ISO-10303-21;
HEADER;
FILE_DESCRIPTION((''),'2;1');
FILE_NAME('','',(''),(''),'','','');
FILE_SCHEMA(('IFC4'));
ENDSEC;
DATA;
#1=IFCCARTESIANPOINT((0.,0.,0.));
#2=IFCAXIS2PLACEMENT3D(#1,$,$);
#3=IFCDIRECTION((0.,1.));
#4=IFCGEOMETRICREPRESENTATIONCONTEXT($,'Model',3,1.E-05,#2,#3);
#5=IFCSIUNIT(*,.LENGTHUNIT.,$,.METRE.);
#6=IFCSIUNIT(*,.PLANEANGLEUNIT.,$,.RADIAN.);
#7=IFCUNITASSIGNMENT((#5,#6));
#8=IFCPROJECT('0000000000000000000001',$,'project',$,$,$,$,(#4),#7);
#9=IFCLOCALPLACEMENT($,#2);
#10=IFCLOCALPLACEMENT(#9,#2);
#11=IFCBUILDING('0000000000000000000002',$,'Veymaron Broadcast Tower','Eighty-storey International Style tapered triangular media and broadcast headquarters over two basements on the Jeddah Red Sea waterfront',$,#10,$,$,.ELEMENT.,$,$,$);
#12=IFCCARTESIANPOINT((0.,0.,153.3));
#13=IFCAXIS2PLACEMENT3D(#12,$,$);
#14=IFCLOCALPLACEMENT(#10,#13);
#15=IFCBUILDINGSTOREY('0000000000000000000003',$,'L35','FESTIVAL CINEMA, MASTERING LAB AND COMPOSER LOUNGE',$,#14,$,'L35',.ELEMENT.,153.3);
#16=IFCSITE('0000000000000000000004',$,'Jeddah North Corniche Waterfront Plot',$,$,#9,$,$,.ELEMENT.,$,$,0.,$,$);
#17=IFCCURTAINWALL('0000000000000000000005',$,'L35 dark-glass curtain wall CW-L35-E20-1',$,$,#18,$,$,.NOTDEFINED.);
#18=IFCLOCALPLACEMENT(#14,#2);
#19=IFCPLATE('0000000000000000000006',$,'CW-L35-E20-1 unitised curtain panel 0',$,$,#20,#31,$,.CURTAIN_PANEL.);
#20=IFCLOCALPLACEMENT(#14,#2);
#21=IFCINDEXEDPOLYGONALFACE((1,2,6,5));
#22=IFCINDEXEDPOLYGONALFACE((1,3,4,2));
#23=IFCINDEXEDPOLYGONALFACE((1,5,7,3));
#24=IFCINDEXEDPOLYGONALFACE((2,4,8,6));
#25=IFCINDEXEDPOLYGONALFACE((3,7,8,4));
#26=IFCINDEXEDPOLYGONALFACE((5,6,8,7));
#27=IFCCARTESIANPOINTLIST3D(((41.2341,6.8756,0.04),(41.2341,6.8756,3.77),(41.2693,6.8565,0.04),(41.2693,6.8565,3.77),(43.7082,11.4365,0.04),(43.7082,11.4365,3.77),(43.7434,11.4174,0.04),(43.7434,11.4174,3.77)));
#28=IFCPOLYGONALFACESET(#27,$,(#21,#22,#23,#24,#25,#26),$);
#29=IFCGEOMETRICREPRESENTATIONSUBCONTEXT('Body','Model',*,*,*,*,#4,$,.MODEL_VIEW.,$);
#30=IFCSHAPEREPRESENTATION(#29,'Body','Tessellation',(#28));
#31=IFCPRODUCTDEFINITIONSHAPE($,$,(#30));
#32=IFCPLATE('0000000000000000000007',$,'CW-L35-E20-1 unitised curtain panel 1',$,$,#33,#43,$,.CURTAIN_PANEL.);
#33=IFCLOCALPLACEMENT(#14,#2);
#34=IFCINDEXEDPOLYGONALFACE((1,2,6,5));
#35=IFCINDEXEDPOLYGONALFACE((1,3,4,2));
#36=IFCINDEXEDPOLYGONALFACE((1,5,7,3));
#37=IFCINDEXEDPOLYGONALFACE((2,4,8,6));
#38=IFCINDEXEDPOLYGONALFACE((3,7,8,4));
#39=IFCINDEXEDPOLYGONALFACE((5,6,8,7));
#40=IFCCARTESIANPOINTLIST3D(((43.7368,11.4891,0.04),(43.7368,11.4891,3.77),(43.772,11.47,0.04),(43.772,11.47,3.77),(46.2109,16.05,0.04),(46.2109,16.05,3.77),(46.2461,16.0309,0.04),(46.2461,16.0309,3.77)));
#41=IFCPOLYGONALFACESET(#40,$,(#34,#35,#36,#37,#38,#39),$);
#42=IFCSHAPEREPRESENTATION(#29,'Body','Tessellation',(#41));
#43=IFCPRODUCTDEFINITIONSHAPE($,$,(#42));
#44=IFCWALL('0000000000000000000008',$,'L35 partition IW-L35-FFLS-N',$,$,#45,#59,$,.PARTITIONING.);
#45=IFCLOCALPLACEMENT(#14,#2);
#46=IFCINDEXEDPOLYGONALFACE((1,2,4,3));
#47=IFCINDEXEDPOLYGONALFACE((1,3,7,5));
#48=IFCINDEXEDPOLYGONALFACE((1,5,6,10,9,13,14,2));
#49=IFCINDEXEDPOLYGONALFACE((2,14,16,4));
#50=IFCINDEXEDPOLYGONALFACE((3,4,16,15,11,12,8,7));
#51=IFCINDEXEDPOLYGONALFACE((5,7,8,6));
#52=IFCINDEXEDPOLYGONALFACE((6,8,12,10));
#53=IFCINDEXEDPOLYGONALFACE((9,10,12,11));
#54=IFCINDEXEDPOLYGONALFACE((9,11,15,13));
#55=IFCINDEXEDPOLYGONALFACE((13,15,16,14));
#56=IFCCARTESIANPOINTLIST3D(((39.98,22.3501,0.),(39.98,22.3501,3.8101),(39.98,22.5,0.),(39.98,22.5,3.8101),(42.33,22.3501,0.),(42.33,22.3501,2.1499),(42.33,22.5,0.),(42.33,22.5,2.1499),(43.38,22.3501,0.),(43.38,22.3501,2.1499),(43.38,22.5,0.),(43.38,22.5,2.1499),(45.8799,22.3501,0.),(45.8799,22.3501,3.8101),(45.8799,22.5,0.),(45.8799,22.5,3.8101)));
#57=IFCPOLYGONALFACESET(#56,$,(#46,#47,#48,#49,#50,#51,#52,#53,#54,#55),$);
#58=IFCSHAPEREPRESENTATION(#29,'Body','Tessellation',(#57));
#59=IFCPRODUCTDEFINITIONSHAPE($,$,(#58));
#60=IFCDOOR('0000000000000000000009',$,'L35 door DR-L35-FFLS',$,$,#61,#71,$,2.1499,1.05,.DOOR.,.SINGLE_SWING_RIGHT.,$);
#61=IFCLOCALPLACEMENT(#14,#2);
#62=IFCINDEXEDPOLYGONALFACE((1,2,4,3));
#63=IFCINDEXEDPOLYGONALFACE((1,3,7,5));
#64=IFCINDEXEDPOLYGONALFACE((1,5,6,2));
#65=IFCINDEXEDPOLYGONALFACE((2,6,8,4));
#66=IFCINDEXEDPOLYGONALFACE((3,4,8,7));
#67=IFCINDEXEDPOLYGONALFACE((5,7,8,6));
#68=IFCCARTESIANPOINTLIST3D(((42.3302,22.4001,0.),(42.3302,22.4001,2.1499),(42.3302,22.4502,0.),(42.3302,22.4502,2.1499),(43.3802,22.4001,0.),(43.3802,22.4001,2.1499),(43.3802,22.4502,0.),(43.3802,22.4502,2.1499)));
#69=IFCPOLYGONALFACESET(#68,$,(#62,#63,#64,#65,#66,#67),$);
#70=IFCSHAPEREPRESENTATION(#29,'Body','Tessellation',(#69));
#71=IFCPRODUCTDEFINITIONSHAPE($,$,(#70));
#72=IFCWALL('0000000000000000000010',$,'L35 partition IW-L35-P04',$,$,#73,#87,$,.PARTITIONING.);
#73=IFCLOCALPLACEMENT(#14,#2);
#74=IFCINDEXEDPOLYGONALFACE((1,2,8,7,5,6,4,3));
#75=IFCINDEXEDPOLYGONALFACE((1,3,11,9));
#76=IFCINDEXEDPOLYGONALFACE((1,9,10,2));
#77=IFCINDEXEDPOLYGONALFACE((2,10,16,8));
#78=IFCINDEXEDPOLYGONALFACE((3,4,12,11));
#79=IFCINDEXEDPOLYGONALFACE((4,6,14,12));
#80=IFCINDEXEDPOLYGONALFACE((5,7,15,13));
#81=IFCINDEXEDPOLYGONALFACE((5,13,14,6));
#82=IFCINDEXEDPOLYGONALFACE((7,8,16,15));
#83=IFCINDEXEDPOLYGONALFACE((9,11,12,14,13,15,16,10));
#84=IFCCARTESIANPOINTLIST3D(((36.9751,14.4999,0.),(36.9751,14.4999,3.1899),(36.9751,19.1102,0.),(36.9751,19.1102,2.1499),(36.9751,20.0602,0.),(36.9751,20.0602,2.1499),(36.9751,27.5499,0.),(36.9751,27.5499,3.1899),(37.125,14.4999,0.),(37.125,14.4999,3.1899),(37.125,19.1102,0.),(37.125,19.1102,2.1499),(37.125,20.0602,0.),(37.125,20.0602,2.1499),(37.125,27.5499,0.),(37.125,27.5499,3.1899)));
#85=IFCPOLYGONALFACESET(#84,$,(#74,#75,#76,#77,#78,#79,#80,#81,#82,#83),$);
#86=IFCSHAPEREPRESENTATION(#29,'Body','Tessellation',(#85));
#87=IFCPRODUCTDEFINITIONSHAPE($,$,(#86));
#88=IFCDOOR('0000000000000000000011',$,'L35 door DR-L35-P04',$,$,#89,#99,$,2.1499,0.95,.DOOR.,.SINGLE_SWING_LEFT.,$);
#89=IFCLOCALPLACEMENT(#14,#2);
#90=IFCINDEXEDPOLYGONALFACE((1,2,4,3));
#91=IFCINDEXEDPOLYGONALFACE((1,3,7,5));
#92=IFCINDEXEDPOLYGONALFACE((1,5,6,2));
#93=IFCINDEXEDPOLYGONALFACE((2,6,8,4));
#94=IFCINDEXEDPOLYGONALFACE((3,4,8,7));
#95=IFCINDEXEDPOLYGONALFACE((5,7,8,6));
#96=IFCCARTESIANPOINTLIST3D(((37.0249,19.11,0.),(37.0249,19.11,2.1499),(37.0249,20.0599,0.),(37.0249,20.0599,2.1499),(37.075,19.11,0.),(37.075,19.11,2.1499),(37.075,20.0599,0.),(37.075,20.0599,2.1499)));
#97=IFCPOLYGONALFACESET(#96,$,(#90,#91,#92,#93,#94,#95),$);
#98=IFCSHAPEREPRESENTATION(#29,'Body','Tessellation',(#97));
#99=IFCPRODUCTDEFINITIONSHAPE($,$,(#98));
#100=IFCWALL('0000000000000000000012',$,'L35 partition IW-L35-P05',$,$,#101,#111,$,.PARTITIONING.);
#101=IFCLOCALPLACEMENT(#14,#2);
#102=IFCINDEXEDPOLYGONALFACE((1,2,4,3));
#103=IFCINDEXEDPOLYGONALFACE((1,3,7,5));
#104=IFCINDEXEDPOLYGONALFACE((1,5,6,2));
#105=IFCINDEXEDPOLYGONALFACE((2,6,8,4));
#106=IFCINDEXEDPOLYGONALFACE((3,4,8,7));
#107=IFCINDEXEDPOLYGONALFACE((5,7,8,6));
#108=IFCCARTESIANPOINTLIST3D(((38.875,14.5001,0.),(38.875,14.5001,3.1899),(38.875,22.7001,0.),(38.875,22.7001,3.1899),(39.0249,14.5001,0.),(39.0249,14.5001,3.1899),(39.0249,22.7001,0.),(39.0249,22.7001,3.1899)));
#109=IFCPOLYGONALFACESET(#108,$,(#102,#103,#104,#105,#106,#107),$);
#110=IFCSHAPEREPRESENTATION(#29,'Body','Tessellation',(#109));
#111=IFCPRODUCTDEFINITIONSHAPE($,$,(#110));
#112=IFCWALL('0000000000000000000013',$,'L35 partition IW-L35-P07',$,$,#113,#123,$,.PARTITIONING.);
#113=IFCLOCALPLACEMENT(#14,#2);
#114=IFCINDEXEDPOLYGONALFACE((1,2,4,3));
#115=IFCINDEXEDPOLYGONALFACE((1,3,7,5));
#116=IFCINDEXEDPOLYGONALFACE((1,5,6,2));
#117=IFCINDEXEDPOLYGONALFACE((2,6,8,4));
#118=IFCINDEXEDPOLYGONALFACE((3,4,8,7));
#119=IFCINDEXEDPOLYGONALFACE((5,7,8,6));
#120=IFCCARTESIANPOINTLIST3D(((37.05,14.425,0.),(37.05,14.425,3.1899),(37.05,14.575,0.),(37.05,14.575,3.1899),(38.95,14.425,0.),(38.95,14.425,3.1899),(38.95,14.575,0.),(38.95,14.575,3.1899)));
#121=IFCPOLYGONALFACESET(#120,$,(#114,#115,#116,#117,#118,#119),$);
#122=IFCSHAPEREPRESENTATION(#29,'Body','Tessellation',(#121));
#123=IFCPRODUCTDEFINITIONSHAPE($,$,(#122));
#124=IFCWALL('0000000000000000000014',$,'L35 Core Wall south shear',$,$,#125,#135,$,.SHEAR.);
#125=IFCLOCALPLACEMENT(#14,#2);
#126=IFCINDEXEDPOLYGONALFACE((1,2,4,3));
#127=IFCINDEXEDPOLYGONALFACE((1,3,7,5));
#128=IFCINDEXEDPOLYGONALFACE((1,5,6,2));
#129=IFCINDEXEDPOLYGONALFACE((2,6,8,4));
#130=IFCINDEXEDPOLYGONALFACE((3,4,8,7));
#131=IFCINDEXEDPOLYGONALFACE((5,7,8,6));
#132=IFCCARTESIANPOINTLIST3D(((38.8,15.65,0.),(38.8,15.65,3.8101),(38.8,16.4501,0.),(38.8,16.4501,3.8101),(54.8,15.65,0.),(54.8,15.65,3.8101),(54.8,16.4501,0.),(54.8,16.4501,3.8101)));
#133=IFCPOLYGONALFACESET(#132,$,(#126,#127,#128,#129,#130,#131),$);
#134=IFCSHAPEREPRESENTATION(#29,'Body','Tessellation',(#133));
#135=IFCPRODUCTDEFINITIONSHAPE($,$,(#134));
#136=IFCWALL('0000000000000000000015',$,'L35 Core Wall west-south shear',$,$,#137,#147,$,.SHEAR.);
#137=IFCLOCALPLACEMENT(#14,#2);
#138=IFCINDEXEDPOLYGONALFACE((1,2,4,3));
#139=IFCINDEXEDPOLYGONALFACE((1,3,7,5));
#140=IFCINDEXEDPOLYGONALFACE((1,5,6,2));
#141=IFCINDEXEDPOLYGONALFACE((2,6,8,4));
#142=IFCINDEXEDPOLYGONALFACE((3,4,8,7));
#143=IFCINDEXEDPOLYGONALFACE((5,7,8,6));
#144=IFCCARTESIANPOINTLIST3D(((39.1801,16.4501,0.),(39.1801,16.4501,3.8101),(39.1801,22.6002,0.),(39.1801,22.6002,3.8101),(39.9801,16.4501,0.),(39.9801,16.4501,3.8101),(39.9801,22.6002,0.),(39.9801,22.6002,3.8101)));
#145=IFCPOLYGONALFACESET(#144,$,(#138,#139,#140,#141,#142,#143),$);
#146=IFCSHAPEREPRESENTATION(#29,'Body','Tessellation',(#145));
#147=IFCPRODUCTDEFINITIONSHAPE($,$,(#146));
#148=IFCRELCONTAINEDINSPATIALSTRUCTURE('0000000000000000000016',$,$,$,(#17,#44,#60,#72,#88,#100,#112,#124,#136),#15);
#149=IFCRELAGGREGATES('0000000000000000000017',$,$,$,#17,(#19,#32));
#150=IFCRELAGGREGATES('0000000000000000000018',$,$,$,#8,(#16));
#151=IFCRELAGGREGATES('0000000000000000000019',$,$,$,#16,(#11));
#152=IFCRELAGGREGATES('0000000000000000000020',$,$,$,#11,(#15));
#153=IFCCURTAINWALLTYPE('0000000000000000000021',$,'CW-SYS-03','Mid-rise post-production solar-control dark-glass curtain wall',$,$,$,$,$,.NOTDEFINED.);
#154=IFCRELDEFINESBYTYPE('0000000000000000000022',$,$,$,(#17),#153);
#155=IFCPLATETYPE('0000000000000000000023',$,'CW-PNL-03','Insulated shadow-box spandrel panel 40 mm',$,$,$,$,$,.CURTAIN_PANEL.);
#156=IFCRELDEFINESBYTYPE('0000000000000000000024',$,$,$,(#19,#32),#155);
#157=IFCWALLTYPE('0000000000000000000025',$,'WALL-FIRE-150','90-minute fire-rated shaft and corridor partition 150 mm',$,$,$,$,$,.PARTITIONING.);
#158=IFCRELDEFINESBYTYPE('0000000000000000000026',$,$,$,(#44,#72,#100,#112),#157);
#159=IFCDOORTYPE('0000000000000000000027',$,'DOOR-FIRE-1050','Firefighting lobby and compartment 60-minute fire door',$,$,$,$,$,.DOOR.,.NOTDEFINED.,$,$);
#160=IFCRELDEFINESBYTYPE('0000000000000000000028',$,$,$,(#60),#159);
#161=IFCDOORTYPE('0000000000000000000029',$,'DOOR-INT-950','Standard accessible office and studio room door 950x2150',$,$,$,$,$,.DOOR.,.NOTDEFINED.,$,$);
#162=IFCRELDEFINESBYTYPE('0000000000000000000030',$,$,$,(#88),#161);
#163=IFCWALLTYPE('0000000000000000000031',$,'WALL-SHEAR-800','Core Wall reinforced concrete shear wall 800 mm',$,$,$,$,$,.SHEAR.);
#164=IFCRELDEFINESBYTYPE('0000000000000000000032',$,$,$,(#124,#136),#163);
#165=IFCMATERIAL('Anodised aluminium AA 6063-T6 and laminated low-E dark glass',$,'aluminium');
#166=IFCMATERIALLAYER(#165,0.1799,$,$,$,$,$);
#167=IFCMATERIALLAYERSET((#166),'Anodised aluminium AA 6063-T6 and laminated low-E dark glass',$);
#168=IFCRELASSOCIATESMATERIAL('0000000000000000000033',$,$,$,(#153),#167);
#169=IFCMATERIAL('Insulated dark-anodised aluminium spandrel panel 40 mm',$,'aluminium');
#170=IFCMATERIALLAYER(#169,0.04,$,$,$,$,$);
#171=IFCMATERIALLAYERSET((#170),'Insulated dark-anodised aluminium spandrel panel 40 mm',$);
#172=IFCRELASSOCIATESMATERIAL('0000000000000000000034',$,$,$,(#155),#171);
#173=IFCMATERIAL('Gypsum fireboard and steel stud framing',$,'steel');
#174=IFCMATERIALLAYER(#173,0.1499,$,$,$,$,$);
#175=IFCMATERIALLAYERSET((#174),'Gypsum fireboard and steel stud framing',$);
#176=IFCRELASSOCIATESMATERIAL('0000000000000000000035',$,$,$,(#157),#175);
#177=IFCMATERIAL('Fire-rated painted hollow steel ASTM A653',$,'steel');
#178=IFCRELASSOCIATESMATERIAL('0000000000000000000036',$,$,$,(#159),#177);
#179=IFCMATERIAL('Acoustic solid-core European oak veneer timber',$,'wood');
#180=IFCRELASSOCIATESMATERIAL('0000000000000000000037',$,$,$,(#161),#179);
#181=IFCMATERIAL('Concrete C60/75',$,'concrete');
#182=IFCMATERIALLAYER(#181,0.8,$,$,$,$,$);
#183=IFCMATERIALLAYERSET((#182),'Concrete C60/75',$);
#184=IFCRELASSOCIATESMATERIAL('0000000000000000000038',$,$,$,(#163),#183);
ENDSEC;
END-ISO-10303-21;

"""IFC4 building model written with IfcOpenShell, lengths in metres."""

from ifc_helpers import new_model, si_unit, direction, frame, frame_2d, origin, origin_2d, place, context, subcontext, project, spatial, rectangle, extrude, material, layer, layer_set, type_object, element, fill, aggregate, save


model = new_model("IFC4")

# Units and contexts
model_context = context("Model", 3, precision=1e-05, world=origin(), true_north=direction((0.0, 1.0)))
body_context = subcontext(model_context, "Body", "Model", "MODEL_VIEW")
ifc_project = project(units=[si_unit("LENGTHUNIT", "METRE"), si_unit("PLANEANGLEUNIT", "RADIAN")], contexts=[model_context])

# Site, building, storey
site_placement = place(None, origin())
site = spatial("IfcSite", under=ifc_project, at=site_placement, Name="Jeddah North Corniche Waterfront Plot", CompositionType="ELEMENT", RefElevation=0.0)
building_placement = place(site_placement, origin())
building = spatial("IfcBuilding", under=site, at=building_placement, Name="Veymaron Broadcast Tower", Description="Eighty-storey International Style tapered triangular media and broadcast headquarters over two basements on the Jeddah Red Sea waterfront", CompositionType="ELEMENT")
storey_placement = place(building_placement, frame((0.0, 0.0, 153.3)))
storey = spatial("IfcBuildingStorey", under=building, at=storey_placement, Name="L35", Description="FESTIVAL CINEMA, MASTERING LAB AND COMPOSER LOUNGE", LongName="L35", CompositionType="ELEMENT", Elevation=153.3)

# Curtain wall, plates
ifc_material_1 = material(Name="Anodised aluminium AA 6063-T6 and laminated low-E dark glass", Category="aluminium")
ifc_layer_1 = layer(ifc_material_1, 0.1799)
ifc_layer_set_1 = layer_set([ifc_layer_1], Name="Anodised aluminium AA 6063-T6 and laminated low-E dark glass")
curtain_wall_type = type_object("IfcCurtainWallType", Name="CW-SYS-03", Description="Mid-rise post-production solar-control dark-glass curtain wall", PredefinedType="NOTDEFINED", material=ifc_layer_set_1)
curtain_wall_placement = place(storey_placement, origin())
curtain_wall = element("IfcCurtainWall", 1, at=curtain_wall_placement, inside=storey, type_object=curtain_wall_type, Name="L35 dark-glass curtain wall CW-L35-E20-1", PredefinedType="NOTDEFINED")
ifc_material_2 = material(Name="Insulated dark-anodised aluminium spandrel panel 40 mm", Category="aluminium")
ifc_layer_2 = layer(ifc_material_2, 0.04)
ifc_layer_set_2 = layer_set([ifc_layer_2], Name="Insulated dark-anodised aluminium spandrel panel 40 mm")
plate_type = type_object("IfcPlateType", Name="CW-PNL-03", Description="Insulated shadow-box spandrel panel 40 mm", PredefinedType="CURTAIN_PANEL", material=ifc_layer_set_2)
plate_1_placement = place(storey_placement, frame((42.4888, 9.1465, 0.04), z_axis=(0.0, 0.0, 1.0), x_axis=(0.476821, 0.879, 0.0)))
plate_1 = element("IfcPlate", 2, at=plate_1_placement, type_object=plate_type, Name="CW-L35-E20-1 unitised curtain panel 0", PredefinedType="CURTAIN_PANEL", context=body_context, shape_type="SweptSolid", body=[
    extrude(rectangle(XDim=5.1887, YDim=0.04, at=origin_2d()), origin(), (0.0, 0.0, 1.0), 3.73),
])
plate_2_placement = place(storey_placement, frame((44.9915, 13.76, 0.04), z_axis=(0.0, 0.0, 1.0), x_axis=(0.476821, 0.879, 0.0)))
plate_2 = element("IfcPlate", 3, at=plate_2_placement, type_object=plate_type, Name="CW-L35-E20-1 unitised curtain panel 1", PredefinedType="CURTAIN_PANEL", context=body_context, shape_type="SweptSolid", body=[
    extrude(rectangle(XDim=5.1887, YDim=0.04, at=origin_2d()), origin(), (0.0, 0.0, 1.0), 3.73),
])
aggregate(curtain_wall, [plate_1, plate_2])

# Walls, openings, doors
ifc_material_3 = material(Name="Gypsum fireboard and steel stud framing", Category="steel")
ifc_layer_3 = layer(ifc_material_3, 0.1499)
ifc_layer_set_3 = layer_set([ifc_layer_3], Name="Gypsum fireboard and steel stud framing")
wall_type_1 = type_object("IfcWallType", Name="WALL-FIRE-150", Description="90-minute fire-rated shaft and corridor partition 150 mm", PredefinedType="PARTITIONING", material=ifc_layer_set_3)
wall_1_placement = place(storey_placement, frame((39.98, 22.425, 0.0), z_axis=(0.0, 0.0, 1.0), x_axis=(1.0, 0.0, 0.0)))
wall_1 = element("IfcWall", 4, at=wall_1_placement, inside=storey, type_object=wall_type_1, Name="L35 partition IW-L35-FFLS-N", PredefinedType="PARTITIONING", context=body_context, shape_type="SweptSolid", body=[
    extrude(rectangle(XDim=5.8999, YDim=0.1499, at=frame_2d((2.95, 0.0))), origin(), (0.0, 0.0, 1.0), 3.8101),
])
opening_1_placement = place(wall_1_placement, frame((2.3501, 0.0, 0.0)))
opening_1 = element("IfcOpeningElement", 5, at=opening_1_placement, cuts=wall_1, PredefinedType="OPENING", context=body_context, shape_type="SweptSolid", body=[
    extrude(rectangle(XDim=1.05, YDim=2.1499, at=frame_2d((0.5249, 1.075))), frame((0.0, 0.085, 0.0), z_axis=(0.0, -1.0, 0.0), x_axis=(1.0, 0.0, 0.0)), (0.0, 0.0, 1.0), 0.1699),
])
ifc_material_4 = material(Name="Fire-rated painted hollow steel ASTM A653", Category="steel")
door_type_1 = type_object("IfcDoorType", Name="DOOR-FIRE-1050", Description="Firefighting lobby and compartment 60-minute fire door", OperationType="NOTDEFINED", PredefinedType="DOOR", material=ifc_material_4)
door_1_placement = place(opening_1_placement, frame((1.05, 0.0, 0.0), z_axis=(0.0, 0.0, 1.0), x_axis=(-1.0, 0.0, 0.0)))
door_1 = element("IfcDoor", 6, at=door_1_placement, inside=storey, type_object=door_type_1, Name="L35 door DR-L35-FFLS", OperationType="SINGLE_SWING_RIGHT", OverallHeight=2.1499, OverallWidth=1.05, PredefinedType="DOOR", context=body_context, shape_type="SweptSolid", body=[
    extrude(rectangle(XDim=1.05, YDim=2.1499, at=frame_2d((0.5249, 1.075))), frame((0.0, 0.0249, 0.0), z_axis=(0.0, -1.0, 0.0), x_axis=(1.0, 0.0, 0.0)), (0.0, 0.0, 1.0), 0.05),
])
fill(opening_1, door_1)
wall_2_placement = place(storey_placement, frame((37.05, 14.5, 0.0), z_axis=(0.0, 0.0, 1.0), x_axis=(0.0, 1.0, 0.0)))
wall_2 = element("IfcWall", 7, at=wall_2_placement, inside=storey, type_object=wall_type_1, Name="L35 partition IW-L35-P04", PredefinedType="PARTITIONING", context=body_context, shape_type="SweptSolid", body=[
    extrude(rectangle(XDim=13.05, YDim=0.1499, at=frame_2d((6.5249, 0.0))), origin(), (0.0, 0.0, 1.0), 3.1899),
])
opening_2_placement = place(wall_2_placement, frame((4.6101, 0.0, 0.0)))
opening_2 = element("IfcOpeningElement", 8, at=opening_2_placement, cuts=wall_2, PredefinedType="OPENING", context=body_context, shape_type="SweptSolid", body=[
    extrude(rectangle(XDim=0.95, YDim=2.1499, at=frame_2d((0.4751, 1.075))), frame((0.0, 0.085, 0.0), z_axis=(0.0, -1.0, 0.0), x_axis=(1.0, 0.0, 0.0)), (0.0, 0.0, 1.0), 0.1699),
])
ifc_material_5 = material(Name="Acoustic solid-core European oak veneer timber", Category="wood")
door_type_2 = type_object("IfcDoorType", Name="DOOR-INT-950", Description="Standard accessible office and studio room door 950x2150", OperationType="NOTDEFINED", PredefinedType="DOOR", material=ifc_material_5)
door_2_placement = place(opening_2_placement, frame((0.95, 0.0, 0.0), z_axis=(0.0, 0.0, 1.0), x_axis=(-1.0, 0.0, 0.0)))
door_2 = element("IfcDoor", 9, at=door_2_placement, inside=storey, type_object=door_type_2, Name="L35 door DR-L35-P04", OperationType="SINGLE_SWING_LEFT", OverallHeight=2.1499, OverallWidth=0.95, PredefinedType="DOOR", context=body_context, shape_type="SweptSolid", body=[
    extrude(rectangle(XDim=0.95, YDim=2.1499, at=frame_2d((0.4751, 1.075))), frame((0.0, 0.0249, 0.0), z_axis=(0.0, -1.0, 0.0), x_axis=(1.0, 0.0, 0.0)), (0.0, 0.0, 1.0), 0.05),
])
fill(opening_2, door_2)

# Walls
wall_3_placement = place(storey_placement, frame((38.95, 14.5, 0.0), z_axis=(0.0, 0.0, 1.0), x_axis=(0.0, 1.0, 0.0)))
element("IfcWall", 10, at=wall_3_placement, inside=storey, type_object=wall_type_1, Name="L35 partition IW-L35-P05", PredefinedType="PARTITIONING", context=body_context, shape_type="SweptSolid", body=[
    extrude(rectangle(XDim=8.2, YDim=0.1499, at=frame_2d((4.1001, 0.0))), origin(), (0.0, 0.0, 1.0), 3.1899),
])
wall_4_placement = place(storey_placement, frame((37.05, 14.5, 0.0), z_axis=(0.0, 0.0, 1.0), x_axis=(1.0, 0.0, 0.0)))
element("IfcWall", 11, at=wall_4_placement, inside=storey, type_object=wall_type_1, Name="L35 partition IW-L35-P07", PredefinedType="PARTITIONING", context=body_context, shape_type="SweptSolid", body=[
    extrude(rectangle(XDim=1.8999, YDim=0.1499, at=frame_2d((0.95, 0.0))), origin(), (0.0, 0.0, 1.0), 3.1899),
])

# Walls
ifc_material_6 = material(Name="Concrete C60/75", Category="concrete")
ifc_layer_4 = layer(ifc_material_6, 0.8)
ifc_layer_set_4 = layer_set([ifc_layer_4], Name="Concrete C60/75")
wall_type_2 = type_object("IfcWallType", Name="WALL-SHEAR-800", Description="Core Wall reinforced concrete shear wall 800 mm", PredefinedType="SHEAR", material=ifc_layer_set_4)
wall_5_placement = place(storey_placement, frame((38.8, 16.05, 0.0), z_axis=(0.0, 0.0, 1.0), x_axis=(1.0, 0.0, 0.0)))
element("IfcWall", 12, at=wall_5_placement, inside=storey, type_object=wall_type_2, Name="L35 Core Wall south shear", PredefinedType="SHEAR", context=body_context, shape_type="SweptSolid", body=[
    extrude(rectangle(XDim=16.0, YDim=0.8, at=frame_2d((8.0, 0.0))), origin(), (0.0, 0.0, 1.0), 3.8101),
])
wall_6_placement = place(storey_placement, frame((39.5801, 16.45, 0.0), z_axis=(0.0, 0.0, 1.0), x_axis=(0.0, 1.0, 0.0)))
element("IfcWall", 13, at=wall_6_placement, inside=storey, type_object=wall_type_2, Name="L35 Core Wall west-south shear", PredefinedType="SHEAR", context=body_context, shape_type="SweptSolid", body=[
    extrude(rectangle(XDim=6.1501, YDim=0.8, at=frame_2d((3.0752, 0.0))), origin(), (0.0, 0.0, 1.0), 3.8101),
])

save(model, "model.ifc")
